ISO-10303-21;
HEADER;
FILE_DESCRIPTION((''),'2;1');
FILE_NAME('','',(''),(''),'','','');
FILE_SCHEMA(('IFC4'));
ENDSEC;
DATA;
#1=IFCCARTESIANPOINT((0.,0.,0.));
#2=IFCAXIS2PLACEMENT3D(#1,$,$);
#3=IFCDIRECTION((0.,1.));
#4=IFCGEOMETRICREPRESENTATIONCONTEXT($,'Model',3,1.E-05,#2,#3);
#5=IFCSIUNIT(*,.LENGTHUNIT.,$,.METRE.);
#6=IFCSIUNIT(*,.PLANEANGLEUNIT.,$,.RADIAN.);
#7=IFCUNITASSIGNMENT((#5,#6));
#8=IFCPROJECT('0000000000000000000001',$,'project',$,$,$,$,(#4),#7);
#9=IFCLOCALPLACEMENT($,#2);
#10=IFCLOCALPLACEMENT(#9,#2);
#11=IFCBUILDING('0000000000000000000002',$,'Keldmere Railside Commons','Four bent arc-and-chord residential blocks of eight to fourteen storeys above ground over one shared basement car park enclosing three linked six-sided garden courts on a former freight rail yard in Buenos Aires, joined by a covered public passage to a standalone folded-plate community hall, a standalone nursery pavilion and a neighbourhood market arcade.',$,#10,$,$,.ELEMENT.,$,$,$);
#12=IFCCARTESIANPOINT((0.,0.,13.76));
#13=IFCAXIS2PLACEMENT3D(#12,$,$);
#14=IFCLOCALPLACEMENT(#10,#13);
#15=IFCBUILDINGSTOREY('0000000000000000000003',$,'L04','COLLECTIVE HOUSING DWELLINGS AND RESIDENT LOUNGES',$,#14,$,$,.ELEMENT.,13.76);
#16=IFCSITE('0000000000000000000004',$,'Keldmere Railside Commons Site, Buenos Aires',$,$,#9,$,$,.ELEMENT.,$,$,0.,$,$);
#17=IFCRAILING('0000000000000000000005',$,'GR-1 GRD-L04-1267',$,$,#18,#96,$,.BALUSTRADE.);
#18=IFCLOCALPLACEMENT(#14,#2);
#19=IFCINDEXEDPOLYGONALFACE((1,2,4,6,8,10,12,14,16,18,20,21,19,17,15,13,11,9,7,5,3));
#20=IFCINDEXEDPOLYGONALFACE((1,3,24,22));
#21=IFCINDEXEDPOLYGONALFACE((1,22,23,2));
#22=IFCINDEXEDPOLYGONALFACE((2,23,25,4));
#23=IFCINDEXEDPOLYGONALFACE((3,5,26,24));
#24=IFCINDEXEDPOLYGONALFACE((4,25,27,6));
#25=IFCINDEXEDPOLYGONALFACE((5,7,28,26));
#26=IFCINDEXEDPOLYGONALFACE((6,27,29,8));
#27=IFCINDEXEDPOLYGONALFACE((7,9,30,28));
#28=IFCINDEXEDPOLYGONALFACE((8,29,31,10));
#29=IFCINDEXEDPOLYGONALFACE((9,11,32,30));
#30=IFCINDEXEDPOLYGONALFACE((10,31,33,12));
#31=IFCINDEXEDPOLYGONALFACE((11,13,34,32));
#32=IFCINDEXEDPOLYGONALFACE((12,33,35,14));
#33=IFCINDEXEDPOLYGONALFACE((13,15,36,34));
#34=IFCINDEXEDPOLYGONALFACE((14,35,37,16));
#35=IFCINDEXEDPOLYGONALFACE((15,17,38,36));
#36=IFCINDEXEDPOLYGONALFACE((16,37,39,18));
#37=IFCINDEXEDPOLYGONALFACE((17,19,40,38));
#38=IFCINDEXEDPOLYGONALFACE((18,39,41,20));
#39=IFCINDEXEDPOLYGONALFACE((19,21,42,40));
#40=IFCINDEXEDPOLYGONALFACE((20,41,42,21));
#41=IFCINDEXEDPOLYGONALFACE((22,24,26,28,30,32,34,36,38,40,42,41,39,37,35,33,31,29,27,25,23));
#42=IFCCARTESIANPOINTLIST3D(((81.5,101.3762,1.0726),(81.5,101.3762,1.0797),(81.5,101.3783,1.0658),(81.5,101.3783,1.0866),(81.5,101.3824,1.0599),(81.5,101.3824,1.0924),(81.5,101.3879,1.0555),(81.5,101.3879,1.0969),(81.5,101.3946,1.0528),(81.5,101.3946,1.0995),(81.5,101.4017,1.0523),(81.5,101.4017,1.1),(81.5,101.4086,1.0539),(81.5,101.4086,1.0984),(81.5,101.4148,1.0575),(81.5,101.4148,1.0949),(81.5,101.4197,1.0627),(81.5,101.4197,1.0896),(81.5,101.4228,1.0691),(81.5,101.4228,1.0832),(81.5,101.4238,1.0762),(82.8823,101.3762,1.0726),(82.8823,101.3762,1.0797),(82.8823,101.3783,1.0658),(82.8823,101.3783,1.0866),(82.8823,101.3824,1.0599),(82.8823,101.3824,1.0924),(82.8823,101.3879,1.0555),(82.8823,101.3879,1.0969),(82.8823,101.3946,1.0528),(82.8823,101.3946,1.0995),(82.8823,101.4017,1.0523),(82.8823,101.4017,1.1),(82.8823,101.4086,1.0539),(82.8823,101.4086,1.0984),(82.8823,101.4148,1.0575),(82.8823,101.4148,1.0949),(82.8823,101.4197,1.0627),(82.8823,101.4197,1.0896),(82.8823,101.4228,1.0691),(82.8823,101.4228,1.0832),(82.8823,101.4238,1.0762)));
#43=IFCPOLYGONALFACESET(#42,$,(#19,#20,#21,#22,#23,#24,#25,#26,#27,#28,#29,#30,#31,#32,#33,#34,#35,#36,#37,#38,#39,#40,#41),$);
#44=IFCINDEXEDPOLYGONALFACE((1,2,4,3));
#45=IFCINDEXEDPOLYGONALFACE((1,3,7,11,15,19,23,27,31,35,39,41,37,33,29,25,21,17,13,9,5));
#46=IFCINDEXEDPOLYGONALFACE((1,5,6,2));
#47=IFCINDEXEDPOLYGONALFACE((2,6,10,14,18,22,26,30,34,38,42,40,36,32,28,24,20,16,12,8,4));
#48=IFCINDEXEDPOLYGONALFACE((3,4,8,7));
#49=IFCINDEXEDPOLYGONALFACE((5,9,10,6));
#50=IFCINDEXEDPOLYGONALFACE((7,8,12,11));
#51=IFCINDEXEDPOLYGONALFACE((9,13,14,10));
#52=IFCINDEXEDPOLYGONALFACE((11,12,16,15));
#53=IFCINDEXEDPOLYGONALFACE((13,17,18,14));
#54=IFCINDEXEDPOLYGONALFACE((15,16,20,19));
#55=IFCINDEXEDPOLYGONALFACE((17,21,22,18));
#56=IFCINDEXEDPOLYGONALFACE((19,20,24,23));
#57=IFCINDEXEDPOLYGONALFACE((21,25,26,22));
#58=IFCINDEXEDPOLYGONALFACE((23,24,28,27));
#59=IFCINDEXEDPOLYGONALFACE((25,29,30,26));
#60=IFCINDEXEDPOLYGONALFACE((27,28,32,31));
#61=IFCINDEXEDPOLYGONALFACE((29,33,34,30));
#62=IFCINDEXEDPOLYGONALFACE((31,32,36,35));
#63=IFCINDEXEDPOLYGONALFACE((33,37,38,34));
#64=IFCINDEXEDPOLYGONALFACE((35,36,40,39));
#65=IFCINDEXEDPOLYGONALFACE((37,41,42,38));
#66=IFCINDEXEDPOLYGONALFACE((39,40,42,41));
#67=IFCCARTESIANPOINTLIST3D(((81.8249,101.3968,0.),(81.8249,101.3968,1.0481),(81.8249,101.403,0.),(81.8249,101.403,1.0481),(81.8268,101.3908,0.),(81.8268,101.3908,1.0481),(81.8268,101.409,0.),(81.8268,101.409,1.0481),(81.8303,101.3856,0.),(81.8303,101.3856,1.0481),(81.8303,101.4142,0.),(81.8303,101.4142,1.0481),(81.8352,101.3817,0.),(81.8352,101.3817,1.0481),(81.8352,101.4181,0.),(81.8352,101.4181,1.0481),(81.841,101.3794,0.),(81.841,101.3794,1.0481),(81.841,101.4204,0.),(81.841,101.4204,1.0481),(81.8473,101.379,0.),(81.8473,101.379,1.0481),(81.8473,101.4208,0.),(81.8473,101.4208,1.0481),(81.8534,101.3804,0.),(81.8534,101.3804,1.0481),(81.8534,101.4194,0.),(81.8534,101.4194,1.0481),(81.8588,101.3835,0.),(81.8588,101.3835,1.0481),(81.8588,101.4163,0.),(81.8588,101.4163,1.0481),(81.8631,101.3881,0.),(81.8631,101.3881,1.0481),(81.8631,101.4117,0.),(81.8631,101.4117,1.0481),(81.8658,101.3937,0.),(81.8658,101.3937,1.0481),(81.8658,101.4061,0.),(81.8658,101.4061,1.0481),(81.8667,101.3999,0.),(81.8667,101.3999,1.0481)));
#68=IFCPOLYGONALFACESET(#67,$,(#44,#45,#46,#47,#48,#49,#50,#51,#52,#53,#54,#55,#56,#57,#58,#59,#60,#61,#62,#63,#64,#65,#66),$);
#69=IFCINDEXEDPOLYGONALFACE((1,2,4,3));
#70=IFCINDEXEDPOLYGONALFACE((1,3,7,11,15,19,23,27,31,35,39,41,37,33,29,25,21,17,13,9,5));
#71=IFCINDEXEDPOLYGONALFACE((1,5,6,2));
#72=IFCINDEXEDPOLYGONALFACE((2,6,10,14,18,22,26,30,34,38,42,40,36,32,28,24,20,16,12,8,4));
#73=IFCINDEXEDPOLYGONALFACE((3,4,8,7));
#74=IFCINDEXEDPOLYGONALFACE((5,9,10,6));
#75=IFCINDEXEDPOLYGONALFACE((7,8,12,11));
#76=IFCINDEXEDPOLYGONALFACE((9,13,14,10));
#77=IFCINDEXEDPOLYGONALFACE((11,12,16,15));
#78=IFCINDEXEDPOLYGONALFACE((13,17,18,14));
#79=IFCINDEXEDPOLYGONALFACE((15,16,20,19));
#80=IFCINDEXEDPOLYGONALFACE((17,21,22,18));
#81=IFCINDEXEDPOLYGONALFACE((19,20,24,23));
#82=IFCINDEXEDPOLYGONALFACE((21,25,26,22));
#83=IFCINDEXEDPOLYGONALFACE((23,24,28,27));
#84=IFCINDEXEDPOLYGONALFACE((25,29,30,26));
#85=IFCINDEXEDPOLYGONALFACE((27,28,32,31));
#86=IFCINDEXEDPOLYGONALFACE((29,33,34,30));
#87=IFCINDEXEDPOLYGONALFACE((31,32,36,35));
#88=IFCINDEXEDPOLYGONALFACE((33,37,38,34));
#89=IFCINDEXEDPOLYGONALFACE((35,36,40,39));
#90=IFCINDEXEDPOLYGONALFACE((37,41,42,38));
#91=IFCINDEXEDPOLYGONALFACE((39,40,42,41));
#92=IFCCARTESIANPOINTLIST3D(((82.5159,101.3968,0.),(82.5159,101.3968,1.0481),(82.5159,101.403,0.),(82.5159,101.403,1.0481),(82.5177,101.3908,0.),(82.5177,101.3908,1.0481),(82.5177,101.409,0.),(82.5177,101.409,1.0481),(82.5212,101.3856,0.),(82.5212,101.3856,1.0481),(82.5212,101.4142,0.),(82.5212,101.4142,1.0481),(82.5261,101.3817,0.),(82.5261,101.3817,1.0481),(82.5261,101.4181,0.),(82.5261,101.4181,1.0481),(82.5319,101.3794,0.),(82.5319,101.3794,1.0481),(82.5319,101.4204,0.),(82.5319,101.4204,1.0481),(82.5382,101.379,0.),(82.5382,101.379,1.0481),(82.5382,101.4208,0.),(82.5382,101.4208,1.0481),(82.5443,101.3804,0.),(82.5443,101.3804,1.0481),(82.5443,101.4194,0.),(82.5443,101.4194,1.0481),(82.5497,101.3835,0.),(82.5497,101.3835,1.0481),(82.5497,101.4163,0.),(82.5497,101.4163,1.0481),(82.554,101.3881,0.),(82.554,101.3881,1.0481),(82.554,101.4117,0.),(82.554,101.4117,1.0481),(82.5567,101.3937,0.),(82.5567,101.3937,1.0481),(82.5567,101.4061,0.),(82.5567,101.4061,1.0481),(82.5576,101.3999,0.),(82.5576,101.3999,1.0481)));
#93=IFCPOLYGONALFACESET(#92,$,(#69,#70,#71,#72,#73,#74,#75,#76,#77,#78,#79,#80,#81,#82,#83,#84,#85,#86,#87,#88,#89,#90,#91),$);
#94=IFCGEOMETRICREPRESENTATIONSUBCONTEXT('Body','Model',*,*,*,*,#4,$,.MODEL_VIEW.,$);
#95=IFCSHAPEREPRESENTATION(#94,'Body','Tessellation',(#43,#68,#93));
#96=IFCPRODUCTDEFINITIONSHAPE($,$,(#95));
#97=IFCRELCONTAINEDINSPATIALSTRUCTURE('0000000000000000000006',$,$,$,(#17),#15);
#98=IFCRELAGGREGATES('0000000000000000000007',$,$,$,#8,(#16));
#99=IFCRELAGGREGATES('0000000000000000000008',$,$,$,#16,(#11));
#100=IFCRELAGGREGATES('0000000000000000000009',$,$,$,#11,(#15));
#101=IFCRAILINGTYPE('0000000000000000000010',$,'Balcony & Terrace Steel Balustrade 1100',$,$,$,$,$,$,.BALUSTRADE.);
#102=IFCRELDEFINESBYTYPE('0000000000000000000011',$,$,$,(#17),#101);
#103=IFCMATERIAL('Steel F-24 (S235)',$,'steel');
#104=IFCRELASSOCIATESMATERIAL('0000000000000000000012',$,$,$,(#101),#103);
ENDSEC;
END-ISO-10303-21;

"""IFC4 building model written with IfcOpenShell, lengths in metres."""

from ifc_helpers import new_model, si_unit, direction, frame, origin, origin_2d, place, context, subcontext, project, spatial, circle, extrude, material, type_object, element, save


model = new_model("IFC4")

# Units and contexts
model_context = context("Model", 3, precision=1e-05, world=origin(), true_north=direction((0.0, 1.0)))
body_context = subcontext(model_context, "Body", "Model", "MODEL_VIEW")
ifc_project = project(units=[si_unit("LENGTHUNIT", "METRE"), si_unit("PLANEANGLEUNIT", "RADIAN")], contexts=[model_context])

# Site, building, storey
site_placement = place(None, origin())
site = spatial("IfcSite", under=ifc_project, at=site_placement, Name="Keldmere Railside Commons Site, Buenos Aires", CompositionType="ELEMENT", RefElevation=0.0)
building_placement = place(site_placement, origin())
building = spatial("IfcBuilding", under=site, at=building_placement, Name="Keldmere Railside Commons", Description="Four bent arc-and-chord residential blocks of eight to fourteen storeys above ground over one shared basement car park enclosing three linked six-sided garden courts on a former freight rail yard in Buenos Aires, joined by a covered public passage to a standalone folded-plate community hall, a standalone nursery pavilion and a neighbourhood market arcade.", CompositionType="ELEMENT")
storey_placement = place(building_placement, frame((0.0, 0.0, 13.76)))
storey = spatial("IfcBuildingStorey", under=building, at=storey_placement, Name="L04", Description="COLLECTIVE HOUSING DWELLINGS AND RESIDENT LOUNGES", CompositionType="ELEMENT", Elevation=13.76)

# Railing
ifc_material_1 = material(Name="Steel F-24 (S235)", Category="steel")
railing_type = type_object("IfcRailingType", Name="Balcony & Terrace Steel Balustrade 1100", PredefinedType="BALUSTRADE", material=ifc_material_1)
railing_placement = place(storey_placement, frame((81.5, 101.3999, 0.0)))
element("IfcRailing", 1, at=railing_placement, inside=storey, type_object=railing_type, Name="GR-1 GRD-L04-1267", PredefinedType="BALUSTRADE", context=body_context, shape_type="SweptSolid", body=[
    extrude(circle(Radius=0.0239, at=origin_2d()), frame((0.0, 0.0, 1.0762), z_axis=(1.0, 0.0, 0.0), x_axis=(0.0, 1.0, 0.0)), (0.0, 0.0, 1.0), 1.3823),
    extrude(circle(Radius=0.021, at=origin_2d()), frame((0.3457, 0.0, 0.0)), (0.0, 0.0, 1.0), 1.0481),
    extrude(circle(Radius=0.021, at=origin_2d()), frame((1.0366, 0.0, 0.0)), (0.0, 0.0, 1.0), 1.0481),
])

save(model, "model.ifc")
